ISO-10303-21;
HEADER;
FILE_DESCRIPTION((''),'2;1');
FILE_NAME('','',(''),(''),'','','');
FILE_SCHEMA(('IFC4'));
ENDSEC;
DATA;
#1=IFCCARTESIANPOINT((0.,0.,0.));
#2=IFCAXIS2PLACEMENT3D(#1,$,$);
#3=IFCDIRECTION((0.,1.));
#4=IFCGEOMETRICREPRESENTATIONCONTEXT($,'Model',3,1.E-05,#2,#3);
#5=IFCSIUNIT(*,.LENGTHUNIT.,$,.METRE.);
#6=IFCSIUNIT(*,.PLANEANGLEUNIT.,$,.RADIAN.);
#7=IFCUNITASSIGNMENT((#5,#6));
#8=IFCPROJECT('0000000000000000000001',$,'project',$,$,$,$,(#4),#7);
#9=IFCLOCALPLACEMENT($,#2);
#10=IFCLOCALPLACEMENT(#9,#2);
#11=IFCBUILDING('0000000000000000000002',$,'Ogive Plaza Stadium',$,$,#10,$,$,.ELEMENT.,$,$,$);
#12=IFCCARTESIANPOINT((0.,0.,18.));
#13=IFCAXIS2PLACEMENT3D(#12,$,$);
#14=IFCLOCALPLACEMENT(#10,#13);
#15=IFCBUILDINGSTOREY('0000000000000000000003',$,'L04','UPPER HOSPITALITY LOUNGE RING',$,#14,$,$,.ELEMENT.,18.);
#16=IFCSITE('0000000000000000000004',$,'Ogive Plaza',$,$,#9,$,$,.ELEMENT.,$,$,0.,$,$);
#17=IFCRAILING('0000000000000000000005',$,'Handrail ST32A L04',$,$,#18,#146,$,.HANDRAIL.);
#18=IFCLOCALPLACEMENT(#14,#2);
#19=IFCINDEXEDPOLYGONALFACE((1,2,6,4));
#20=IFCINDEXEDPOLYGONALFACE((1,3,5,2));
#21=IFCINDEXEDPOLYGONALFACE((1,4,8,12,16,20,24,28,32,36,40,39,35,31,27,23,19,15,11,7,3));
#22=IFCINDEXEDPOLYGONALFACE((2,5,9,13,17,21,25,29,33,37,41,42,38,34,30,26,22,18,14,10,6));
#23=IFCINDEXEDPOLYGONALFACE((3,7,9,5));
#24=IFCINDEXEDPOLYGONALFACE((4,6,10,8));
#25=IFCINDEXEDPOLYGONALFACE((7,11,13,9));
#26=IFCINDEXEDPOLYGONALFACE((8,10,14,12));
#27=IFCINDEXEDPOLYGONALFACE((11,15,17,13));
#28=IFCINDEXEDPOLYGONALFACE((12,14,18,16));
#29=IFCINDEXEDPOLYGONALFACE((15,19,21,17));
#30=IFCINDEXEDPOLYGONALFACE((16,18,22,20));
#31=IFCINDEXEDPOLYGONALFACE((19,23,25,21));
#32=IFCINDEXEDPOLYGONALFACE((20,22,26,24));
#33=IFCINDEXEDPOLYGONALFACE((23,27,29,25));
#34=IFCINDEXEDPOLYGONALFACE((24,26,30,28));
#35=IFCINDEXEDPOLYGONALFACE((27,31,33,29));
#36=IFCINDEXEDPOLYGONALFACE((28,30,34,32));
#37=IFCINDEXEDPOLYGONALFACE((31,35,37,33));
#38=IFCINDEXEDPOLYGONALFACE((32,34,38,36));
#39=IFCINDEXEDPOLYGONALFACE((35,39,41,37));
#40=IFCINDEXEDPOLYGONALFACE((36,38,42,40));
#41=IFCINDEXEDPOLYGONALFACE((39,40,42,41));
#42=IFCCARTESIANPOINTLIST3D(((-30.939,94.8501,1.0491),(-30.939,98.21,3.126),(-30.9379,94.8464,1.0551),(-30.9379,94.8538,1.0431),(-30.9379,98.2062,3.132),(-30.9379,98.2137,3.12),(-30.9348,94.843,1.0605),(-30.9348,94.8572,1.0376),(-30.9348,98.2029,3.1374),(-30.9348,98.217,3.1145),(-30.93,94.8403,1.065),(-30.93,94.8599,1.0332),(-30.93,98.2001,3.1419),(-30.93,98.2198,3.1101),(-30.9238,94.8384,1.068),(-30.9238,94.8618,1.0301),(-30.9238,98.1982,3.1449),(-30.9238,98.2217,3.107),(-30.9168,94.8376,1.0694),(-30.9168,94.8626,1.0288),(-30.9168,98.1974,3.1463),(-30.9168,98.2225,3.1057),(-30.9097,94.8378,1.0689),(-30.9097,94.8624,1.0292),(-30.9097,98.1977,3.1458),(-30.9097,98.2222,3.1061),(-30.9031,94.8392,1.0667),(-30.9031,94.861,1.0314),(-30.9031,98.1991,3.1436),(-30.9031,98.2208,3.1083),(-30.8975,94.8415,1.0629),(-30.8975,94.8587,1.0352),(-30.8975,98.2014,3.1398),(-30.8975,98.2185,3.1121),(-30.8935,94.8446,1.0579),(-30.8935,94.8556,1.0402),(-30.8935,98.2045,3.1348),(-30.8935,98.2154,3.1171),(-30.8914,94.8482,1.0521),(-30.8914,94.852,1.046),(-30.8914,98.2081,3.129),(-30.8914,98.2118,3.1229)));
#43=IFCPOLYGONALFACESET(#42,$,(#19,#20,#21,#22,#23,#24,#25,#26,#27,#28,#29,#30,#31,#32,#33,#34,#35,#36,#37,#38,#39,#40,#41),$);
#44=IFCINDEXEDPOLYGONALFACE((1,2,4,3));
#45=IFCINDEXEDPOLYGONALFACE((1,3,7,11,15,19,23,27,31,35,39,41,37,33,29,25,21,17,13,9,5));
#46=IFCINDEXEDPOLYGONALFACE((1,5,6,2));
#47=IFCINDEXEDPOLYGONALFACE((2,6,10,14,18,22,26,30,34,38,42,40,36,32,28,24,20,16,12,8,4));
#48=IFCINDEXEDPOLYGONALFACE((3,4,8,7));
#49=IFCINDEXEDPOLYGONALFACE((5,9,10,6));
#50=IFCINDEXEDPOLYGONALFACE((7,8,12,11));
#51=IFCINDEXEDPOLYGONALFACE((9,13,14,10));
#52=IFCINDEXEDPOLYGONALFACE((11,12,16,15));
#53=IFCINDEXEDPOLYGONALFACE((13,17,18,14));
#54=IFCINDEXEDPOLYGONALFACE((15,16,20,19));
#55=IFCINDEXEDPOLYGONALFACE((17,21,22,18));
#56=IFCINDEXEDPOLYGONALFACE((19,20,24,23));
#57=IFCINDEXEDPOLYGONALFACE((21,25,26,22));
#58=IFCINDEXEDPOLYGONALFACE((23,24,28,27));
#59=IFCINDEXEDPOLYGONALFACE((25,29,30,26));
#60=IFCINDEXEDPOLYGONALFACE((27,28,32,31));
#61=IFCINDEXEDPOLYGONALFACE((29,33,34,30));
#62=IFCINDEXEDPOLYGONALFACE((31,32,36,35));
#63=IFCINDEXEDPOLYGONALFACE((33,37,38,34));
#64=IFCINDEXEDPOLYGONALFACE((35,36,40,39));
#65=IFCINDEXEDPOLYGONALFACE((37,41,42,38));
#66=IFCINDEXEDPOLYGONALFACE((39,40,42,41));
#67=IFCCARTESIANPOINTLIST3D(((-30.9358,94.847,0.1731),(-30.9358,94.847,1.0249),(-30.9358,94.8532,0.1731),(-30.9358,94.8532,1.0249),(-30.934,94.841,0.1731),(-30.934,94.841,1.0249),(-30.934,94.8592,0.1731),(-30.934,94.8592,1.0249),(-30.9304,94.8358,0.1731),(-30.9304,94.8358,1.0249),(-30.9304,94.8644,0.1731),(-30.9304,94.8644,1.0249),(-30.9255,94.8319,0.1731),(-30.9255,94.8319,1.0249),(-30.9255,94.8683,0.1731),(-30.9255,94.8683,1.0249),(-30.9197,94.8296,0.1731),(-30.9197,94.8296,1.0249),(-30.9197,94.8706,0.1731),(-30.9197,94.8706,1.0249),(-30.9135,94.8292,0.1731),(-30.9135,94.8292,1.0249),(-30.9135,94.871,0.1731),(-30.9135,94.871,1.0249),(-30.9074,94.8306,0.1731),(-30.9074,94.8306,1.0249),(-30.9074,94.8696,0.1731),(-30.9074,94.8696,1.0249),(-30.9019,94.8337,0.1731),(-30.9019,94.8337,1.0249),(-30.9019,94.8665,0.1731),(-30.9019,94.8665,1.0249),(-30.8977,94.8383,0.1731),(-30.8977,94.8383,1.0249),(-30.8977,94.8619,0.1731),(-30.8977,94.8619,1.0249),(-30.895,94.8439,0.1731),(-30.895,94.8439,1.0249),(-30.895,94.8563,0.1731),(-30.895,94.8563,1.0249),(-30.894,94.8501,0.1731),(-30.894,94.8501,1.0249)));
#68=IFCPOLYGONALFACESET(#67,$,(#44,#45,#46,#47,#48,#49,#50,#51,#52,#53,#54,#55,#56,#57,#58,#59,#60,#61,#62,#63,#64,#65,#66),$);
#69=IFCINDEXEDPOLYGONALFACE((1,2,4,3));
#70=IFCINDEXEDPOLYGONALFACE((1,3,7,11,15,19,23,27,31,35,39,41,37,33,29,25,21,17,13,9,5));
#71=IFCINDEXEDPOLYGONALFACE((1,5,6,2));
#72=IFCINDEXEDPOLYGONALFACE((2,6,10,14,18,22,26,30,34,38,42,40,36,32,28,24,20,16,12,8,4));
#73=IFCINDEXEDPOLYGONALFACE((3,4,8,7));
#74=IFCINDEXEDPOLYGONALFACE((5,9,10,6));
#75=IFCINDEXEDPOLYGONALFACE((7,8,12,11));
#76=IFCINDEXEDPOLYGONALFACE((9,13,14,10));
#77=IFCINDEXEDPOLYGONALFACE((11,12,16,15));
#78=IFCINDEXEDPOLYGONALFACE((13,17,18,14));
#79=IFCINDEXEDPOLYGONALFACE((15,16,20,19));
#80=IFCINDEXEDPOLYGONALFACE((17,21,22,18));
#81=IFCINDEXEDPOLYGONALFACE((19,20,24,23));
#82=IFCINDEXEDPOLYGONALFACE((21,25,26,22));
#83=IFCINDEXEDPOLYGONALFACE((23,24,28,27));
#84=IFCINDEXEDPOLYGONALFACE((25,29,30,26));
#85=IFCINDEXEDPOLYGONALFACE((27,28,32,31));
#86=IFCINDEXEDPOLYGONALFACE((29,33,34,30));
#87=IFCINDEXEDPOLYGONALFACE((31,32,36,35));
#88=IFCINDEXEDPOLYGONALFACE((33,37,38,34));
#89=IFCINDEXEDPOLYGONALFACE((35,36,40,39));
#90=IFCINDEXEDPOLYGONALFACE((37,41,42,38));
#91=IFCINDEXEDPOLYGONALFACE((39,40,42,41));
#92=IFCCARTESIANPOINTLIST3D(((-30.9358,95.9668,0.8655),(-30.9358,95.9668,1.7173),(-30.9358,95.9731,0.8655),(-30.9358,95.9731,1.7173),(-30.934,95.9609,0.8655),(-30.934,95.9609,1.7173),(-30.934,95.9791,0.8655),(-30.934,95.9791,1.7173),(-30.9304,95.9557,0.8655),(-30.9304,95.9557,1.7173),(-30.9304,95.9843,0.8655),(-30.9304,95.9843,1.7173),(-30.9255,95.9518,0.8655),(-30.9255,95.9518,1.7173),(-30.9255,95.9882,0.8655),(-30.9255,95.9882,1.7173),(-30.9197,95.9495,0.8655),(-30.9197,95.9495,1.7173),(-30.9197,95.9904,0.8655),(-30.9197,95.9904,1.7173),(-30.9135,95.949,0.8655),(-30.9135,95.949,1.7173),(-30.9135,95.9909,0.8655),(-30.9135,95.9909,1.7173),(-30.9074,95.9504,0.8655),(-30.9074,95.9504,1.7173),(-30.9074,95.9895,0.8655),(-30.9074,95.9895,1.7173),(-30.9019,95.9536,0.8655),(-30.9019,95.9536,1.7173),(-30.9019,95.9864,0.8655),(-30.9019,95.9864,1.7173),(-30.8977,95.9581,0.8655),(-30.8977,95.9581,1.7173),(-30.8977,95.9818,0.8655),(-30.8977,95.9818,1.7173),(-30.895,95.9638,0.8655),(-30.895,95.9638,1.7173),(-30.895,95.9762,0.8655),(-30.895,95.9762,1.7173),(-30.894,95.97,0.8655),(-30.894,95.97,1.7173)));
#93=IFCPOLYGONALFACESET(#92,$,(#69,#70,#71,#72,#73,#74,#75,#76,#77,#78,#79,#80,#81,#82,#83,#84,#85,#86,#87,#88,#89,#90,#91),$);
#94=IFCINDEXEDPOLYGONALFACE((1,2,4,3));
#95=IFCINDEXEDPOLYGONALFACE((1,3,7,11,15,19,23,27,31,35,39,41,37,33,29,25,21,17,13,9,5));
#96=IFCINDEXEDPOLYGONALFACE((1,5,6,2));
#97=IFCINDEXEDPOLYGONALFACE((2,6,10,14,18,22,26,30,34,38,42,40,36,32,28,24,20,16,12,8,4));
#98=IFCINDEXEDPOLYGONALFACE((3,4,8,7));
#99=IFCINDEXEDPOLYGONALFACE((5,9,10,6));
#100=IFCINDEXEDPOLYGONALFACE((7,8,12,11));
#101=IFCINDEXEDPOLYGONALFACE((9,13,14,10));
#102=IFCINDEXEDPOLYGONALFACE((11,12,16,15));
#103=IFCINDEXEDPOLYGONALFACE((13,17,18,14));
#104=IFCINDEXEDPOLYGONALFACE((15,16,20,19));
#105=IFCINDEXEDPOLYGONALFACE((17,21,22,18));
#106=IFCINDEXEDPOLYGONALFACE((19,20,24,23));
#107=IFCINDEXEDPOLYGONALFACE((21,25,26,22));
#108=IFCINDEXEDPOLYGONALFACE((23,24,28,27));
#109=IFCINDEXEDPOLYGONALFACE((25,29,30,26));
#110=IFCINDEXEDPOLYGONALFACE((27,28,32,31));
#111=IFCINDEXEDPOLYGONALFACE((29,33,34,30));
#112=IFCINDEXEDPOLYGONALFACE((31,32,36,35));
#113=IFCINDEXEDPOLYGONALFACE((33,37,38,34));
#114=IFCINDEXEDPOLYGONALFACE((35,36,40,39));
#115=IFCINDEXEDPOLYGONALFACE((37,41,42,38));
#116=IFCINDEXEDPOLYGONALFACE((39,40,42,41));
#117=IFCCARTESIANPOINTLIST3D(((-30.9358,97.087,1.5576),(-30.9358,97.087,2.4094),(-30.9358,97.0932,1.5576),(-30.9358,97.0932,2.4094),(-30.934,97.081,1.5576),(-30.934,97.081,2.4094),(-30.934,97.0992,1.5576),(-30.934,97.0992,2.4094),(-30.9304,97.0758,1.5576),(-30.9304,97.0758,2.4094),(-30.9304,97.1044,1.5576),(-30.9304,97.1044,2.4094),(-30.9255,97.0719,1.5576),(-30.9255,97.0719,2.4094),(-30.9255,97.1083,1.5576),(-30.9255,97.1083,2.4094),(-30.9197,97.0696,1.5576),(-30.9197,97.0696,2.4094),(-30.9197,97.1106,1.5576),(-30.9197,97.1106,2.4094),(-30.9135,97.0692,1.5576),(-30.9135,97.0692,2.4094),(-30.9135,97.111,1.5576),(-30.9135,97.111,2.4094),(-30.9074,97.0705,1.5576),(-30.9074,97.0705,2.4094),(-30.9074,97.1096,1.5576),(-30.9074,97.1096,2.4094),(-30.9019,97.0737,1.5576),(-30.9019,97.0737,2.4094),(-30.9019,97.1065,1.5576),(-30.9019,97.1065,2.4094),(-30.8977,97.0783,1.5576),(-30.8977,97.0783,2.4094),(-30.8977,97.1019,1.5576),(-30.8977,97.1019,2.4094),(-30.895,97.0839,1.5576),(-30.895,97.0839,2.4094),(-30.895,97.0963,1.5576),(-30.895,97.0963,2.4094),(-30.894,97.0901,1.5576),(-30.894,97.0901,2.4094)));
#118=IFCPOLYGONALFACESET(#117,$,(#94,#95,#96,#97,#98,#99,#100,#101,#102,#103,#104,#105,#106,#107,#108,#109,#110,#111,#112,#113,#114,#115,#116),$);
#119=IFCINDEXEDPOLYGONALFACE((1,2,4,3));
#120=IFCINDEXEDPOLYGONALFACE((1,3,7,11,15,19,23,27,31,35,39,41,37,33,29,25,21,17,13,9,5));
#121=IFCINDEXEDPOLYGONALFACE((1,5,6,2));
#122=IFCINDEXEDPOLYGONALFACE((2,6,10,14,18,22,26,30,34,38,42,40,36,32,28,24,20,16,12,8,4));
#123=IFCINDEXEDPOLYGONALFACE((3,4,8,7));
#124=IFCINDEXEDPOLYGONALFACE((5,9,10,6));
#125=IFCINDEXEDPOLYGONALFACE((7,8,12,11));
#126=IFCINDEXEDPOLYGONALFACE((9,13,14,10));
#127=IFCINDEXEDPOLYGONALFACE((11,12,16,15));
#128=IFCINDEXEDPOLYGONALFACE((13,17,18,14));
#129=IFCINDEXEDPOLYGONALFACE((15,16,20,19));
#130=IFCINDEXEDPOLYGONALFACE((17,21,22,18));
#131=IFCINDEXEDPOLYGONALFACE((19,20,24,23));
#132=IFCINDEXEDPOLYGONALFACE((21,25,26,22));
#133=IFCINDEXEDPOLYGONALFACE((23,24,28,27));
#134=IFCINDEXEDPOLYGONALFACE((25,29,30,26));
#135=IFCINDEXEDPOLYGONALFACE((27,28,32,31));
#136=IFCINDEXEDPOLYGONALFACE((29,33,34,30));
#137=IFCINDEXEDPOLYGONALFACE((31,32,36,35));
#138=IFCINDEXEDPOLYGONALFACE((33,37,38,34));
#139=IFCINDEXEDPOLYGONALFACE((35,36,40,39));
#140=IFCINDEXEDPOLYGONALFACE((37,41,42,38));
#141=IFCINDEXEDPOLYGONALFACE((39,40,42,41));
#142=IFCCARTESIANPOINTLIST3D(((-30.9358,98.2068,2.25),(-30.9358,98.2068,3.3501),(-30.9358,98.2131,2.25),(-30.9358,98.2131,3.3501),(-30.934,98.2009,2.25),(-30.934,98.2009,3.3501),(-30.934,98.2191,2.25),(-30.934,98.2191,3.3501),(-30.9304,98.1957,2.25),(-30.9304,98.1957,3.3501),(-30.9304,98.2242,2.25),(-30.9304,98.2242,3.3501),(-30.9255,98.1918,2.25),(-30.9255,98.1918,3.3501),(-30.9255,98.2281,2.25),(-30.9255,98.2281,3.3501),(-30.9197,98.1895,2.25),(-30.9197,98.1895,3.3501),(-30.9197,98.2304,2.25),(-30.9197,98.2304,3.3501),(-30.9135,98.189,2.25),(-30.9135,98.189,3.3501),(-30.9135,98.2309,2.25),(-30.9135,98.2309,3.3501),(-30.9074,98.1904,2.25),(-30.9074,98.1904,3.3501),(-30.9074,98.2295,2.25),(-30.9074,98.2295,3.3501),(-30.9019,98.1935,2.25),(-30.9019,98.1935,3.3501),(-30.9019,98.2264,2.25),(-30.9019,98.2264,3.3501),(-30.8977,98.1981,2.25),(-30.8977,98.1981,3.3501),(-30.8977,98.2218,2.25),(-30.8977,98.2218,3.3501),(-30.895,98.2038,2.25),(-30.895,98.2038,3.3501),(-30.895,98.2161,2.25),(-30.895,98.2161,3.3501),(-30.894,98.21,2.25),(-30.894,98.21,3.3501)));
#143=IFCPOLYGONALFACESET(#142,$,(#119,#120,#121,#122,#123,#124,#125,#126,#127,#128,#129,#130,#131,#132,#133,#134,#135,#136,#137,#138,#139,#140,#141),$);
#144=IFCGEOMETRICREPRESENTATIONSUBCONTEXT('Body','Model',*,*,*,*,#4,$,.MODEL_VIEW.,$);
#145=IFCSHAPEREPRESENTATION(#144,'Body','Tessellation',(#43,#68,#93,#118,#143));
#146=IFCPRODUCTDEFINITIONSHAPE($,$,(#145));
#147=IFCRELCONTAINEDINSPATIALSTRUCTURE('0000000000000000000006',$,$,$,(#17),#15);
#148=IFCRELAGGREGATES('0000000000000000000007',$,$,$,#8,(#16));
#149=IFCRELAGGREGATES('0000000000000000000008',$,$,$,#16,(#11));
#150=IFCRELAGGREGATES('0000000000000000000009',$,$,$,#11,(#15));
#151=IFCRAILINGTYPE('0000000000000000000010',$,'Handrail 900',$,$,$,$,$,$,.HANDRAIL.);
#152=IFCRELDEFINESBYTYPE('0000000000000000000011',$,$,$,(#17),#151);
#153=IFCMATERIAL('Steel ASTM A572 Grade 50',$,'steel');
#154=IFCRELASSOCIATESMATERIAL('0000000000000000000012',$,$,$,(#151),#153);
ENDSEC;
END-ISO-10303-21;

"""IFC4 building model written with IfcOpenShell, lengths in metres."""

from ifc_helpers import new_model, si_unit, direction, frame, origin, origin_2d, place, context, subcontext, project, spatial, circle, extrude, material, type_object, element, save


model = new_model("IFC4")

# Units and contexts
model_context = context("Model", 3, precision=1e-05, world=origin(), true_north=direction((0.0, 1.0)))
body_context = subcontext(model_context, "Body", "Model", "MODEL_VIEW")
ifc_project = project(units=[si_unit("LENGTHUNIT", "METRE"), si_unit("PLANEANGLEUNIT", "RADIAN")], contexts=[model_context])

# Site, building, storey
site_placement = place(None, origin())
site = spatial("IfcSite", under=ifc_project, at=site_placement, Name="Ogive Plaza", CompositionType="ELEMENT", RefElevation=0.0)
building_placement = place(site_placement, origin())
building = spatial("IfcBuilding", under=site, at=building_placement, Name="Ogive Plaza Stadium", CompositionType="ELEMENT")
storey_placement = place(building_placement, frame((0.0, 0.0, 18.0)))
storey = spatial("IfcBuildingStorey", under=building, at=storey_placement, Name="L04", Description="UPPER HOSPITALITY LOUNGE RING", CompositionType="ELEMENT", Elevation=18.0)

# Railing
ifc_material_1 = material(Name="Steel ASTM A572 Grade 50", Category="steel")
railing_type_1 = type_object("IfcRailingType", Name="Handrail 900", PredefinedType="HANDRAIL", material=ifc_material_1)
for number, where, name in (
    (1, (-30.915, 94.8501, 0.1731), "Handrail ST32A L04"),
):
    element("IfcRailing", number, at=place(storey_placement, frame(where)), inside=storey, type_object=railing_type_1, Name=name, PredefinedType="HANDRAIL", context=body_context, shape_type="SweptSolid", body=[
        extrude(circle(Radius=0.0239, at=origin_2d()), frame((0.0, 0.0, 0.876), z_axis=(0.0, 0.850606, 0.525803), x_axis=(-1.0, 0.0, 0.0)), (0.0, 0.0, 1.0), 3.95),
        extrude(circle(Radius=0.021, at=origin_2d()), origin(), (0.0, 0.0, 1.0), 0.8518),
        extrude(circle(Radius=0.021, at=origin_2d()), frame((0.0, 1.1199, 0.6924)), (0.0, 0.0, 1.0), 0.8518),
        extrude(circle(Radius=0.021, at=origin_2d()), frame((0.0, 2.24, 1.3845)), (0.0, 0.0, 1.0), 0.8518),
        extrude(circle(Radius=0.021, at=origin_2d()), frame((0.0, 3.3599, 2.0769)), (0.0, 0.0, 1.0), 1.1001),
    ])

save(model, "model.ifc")
